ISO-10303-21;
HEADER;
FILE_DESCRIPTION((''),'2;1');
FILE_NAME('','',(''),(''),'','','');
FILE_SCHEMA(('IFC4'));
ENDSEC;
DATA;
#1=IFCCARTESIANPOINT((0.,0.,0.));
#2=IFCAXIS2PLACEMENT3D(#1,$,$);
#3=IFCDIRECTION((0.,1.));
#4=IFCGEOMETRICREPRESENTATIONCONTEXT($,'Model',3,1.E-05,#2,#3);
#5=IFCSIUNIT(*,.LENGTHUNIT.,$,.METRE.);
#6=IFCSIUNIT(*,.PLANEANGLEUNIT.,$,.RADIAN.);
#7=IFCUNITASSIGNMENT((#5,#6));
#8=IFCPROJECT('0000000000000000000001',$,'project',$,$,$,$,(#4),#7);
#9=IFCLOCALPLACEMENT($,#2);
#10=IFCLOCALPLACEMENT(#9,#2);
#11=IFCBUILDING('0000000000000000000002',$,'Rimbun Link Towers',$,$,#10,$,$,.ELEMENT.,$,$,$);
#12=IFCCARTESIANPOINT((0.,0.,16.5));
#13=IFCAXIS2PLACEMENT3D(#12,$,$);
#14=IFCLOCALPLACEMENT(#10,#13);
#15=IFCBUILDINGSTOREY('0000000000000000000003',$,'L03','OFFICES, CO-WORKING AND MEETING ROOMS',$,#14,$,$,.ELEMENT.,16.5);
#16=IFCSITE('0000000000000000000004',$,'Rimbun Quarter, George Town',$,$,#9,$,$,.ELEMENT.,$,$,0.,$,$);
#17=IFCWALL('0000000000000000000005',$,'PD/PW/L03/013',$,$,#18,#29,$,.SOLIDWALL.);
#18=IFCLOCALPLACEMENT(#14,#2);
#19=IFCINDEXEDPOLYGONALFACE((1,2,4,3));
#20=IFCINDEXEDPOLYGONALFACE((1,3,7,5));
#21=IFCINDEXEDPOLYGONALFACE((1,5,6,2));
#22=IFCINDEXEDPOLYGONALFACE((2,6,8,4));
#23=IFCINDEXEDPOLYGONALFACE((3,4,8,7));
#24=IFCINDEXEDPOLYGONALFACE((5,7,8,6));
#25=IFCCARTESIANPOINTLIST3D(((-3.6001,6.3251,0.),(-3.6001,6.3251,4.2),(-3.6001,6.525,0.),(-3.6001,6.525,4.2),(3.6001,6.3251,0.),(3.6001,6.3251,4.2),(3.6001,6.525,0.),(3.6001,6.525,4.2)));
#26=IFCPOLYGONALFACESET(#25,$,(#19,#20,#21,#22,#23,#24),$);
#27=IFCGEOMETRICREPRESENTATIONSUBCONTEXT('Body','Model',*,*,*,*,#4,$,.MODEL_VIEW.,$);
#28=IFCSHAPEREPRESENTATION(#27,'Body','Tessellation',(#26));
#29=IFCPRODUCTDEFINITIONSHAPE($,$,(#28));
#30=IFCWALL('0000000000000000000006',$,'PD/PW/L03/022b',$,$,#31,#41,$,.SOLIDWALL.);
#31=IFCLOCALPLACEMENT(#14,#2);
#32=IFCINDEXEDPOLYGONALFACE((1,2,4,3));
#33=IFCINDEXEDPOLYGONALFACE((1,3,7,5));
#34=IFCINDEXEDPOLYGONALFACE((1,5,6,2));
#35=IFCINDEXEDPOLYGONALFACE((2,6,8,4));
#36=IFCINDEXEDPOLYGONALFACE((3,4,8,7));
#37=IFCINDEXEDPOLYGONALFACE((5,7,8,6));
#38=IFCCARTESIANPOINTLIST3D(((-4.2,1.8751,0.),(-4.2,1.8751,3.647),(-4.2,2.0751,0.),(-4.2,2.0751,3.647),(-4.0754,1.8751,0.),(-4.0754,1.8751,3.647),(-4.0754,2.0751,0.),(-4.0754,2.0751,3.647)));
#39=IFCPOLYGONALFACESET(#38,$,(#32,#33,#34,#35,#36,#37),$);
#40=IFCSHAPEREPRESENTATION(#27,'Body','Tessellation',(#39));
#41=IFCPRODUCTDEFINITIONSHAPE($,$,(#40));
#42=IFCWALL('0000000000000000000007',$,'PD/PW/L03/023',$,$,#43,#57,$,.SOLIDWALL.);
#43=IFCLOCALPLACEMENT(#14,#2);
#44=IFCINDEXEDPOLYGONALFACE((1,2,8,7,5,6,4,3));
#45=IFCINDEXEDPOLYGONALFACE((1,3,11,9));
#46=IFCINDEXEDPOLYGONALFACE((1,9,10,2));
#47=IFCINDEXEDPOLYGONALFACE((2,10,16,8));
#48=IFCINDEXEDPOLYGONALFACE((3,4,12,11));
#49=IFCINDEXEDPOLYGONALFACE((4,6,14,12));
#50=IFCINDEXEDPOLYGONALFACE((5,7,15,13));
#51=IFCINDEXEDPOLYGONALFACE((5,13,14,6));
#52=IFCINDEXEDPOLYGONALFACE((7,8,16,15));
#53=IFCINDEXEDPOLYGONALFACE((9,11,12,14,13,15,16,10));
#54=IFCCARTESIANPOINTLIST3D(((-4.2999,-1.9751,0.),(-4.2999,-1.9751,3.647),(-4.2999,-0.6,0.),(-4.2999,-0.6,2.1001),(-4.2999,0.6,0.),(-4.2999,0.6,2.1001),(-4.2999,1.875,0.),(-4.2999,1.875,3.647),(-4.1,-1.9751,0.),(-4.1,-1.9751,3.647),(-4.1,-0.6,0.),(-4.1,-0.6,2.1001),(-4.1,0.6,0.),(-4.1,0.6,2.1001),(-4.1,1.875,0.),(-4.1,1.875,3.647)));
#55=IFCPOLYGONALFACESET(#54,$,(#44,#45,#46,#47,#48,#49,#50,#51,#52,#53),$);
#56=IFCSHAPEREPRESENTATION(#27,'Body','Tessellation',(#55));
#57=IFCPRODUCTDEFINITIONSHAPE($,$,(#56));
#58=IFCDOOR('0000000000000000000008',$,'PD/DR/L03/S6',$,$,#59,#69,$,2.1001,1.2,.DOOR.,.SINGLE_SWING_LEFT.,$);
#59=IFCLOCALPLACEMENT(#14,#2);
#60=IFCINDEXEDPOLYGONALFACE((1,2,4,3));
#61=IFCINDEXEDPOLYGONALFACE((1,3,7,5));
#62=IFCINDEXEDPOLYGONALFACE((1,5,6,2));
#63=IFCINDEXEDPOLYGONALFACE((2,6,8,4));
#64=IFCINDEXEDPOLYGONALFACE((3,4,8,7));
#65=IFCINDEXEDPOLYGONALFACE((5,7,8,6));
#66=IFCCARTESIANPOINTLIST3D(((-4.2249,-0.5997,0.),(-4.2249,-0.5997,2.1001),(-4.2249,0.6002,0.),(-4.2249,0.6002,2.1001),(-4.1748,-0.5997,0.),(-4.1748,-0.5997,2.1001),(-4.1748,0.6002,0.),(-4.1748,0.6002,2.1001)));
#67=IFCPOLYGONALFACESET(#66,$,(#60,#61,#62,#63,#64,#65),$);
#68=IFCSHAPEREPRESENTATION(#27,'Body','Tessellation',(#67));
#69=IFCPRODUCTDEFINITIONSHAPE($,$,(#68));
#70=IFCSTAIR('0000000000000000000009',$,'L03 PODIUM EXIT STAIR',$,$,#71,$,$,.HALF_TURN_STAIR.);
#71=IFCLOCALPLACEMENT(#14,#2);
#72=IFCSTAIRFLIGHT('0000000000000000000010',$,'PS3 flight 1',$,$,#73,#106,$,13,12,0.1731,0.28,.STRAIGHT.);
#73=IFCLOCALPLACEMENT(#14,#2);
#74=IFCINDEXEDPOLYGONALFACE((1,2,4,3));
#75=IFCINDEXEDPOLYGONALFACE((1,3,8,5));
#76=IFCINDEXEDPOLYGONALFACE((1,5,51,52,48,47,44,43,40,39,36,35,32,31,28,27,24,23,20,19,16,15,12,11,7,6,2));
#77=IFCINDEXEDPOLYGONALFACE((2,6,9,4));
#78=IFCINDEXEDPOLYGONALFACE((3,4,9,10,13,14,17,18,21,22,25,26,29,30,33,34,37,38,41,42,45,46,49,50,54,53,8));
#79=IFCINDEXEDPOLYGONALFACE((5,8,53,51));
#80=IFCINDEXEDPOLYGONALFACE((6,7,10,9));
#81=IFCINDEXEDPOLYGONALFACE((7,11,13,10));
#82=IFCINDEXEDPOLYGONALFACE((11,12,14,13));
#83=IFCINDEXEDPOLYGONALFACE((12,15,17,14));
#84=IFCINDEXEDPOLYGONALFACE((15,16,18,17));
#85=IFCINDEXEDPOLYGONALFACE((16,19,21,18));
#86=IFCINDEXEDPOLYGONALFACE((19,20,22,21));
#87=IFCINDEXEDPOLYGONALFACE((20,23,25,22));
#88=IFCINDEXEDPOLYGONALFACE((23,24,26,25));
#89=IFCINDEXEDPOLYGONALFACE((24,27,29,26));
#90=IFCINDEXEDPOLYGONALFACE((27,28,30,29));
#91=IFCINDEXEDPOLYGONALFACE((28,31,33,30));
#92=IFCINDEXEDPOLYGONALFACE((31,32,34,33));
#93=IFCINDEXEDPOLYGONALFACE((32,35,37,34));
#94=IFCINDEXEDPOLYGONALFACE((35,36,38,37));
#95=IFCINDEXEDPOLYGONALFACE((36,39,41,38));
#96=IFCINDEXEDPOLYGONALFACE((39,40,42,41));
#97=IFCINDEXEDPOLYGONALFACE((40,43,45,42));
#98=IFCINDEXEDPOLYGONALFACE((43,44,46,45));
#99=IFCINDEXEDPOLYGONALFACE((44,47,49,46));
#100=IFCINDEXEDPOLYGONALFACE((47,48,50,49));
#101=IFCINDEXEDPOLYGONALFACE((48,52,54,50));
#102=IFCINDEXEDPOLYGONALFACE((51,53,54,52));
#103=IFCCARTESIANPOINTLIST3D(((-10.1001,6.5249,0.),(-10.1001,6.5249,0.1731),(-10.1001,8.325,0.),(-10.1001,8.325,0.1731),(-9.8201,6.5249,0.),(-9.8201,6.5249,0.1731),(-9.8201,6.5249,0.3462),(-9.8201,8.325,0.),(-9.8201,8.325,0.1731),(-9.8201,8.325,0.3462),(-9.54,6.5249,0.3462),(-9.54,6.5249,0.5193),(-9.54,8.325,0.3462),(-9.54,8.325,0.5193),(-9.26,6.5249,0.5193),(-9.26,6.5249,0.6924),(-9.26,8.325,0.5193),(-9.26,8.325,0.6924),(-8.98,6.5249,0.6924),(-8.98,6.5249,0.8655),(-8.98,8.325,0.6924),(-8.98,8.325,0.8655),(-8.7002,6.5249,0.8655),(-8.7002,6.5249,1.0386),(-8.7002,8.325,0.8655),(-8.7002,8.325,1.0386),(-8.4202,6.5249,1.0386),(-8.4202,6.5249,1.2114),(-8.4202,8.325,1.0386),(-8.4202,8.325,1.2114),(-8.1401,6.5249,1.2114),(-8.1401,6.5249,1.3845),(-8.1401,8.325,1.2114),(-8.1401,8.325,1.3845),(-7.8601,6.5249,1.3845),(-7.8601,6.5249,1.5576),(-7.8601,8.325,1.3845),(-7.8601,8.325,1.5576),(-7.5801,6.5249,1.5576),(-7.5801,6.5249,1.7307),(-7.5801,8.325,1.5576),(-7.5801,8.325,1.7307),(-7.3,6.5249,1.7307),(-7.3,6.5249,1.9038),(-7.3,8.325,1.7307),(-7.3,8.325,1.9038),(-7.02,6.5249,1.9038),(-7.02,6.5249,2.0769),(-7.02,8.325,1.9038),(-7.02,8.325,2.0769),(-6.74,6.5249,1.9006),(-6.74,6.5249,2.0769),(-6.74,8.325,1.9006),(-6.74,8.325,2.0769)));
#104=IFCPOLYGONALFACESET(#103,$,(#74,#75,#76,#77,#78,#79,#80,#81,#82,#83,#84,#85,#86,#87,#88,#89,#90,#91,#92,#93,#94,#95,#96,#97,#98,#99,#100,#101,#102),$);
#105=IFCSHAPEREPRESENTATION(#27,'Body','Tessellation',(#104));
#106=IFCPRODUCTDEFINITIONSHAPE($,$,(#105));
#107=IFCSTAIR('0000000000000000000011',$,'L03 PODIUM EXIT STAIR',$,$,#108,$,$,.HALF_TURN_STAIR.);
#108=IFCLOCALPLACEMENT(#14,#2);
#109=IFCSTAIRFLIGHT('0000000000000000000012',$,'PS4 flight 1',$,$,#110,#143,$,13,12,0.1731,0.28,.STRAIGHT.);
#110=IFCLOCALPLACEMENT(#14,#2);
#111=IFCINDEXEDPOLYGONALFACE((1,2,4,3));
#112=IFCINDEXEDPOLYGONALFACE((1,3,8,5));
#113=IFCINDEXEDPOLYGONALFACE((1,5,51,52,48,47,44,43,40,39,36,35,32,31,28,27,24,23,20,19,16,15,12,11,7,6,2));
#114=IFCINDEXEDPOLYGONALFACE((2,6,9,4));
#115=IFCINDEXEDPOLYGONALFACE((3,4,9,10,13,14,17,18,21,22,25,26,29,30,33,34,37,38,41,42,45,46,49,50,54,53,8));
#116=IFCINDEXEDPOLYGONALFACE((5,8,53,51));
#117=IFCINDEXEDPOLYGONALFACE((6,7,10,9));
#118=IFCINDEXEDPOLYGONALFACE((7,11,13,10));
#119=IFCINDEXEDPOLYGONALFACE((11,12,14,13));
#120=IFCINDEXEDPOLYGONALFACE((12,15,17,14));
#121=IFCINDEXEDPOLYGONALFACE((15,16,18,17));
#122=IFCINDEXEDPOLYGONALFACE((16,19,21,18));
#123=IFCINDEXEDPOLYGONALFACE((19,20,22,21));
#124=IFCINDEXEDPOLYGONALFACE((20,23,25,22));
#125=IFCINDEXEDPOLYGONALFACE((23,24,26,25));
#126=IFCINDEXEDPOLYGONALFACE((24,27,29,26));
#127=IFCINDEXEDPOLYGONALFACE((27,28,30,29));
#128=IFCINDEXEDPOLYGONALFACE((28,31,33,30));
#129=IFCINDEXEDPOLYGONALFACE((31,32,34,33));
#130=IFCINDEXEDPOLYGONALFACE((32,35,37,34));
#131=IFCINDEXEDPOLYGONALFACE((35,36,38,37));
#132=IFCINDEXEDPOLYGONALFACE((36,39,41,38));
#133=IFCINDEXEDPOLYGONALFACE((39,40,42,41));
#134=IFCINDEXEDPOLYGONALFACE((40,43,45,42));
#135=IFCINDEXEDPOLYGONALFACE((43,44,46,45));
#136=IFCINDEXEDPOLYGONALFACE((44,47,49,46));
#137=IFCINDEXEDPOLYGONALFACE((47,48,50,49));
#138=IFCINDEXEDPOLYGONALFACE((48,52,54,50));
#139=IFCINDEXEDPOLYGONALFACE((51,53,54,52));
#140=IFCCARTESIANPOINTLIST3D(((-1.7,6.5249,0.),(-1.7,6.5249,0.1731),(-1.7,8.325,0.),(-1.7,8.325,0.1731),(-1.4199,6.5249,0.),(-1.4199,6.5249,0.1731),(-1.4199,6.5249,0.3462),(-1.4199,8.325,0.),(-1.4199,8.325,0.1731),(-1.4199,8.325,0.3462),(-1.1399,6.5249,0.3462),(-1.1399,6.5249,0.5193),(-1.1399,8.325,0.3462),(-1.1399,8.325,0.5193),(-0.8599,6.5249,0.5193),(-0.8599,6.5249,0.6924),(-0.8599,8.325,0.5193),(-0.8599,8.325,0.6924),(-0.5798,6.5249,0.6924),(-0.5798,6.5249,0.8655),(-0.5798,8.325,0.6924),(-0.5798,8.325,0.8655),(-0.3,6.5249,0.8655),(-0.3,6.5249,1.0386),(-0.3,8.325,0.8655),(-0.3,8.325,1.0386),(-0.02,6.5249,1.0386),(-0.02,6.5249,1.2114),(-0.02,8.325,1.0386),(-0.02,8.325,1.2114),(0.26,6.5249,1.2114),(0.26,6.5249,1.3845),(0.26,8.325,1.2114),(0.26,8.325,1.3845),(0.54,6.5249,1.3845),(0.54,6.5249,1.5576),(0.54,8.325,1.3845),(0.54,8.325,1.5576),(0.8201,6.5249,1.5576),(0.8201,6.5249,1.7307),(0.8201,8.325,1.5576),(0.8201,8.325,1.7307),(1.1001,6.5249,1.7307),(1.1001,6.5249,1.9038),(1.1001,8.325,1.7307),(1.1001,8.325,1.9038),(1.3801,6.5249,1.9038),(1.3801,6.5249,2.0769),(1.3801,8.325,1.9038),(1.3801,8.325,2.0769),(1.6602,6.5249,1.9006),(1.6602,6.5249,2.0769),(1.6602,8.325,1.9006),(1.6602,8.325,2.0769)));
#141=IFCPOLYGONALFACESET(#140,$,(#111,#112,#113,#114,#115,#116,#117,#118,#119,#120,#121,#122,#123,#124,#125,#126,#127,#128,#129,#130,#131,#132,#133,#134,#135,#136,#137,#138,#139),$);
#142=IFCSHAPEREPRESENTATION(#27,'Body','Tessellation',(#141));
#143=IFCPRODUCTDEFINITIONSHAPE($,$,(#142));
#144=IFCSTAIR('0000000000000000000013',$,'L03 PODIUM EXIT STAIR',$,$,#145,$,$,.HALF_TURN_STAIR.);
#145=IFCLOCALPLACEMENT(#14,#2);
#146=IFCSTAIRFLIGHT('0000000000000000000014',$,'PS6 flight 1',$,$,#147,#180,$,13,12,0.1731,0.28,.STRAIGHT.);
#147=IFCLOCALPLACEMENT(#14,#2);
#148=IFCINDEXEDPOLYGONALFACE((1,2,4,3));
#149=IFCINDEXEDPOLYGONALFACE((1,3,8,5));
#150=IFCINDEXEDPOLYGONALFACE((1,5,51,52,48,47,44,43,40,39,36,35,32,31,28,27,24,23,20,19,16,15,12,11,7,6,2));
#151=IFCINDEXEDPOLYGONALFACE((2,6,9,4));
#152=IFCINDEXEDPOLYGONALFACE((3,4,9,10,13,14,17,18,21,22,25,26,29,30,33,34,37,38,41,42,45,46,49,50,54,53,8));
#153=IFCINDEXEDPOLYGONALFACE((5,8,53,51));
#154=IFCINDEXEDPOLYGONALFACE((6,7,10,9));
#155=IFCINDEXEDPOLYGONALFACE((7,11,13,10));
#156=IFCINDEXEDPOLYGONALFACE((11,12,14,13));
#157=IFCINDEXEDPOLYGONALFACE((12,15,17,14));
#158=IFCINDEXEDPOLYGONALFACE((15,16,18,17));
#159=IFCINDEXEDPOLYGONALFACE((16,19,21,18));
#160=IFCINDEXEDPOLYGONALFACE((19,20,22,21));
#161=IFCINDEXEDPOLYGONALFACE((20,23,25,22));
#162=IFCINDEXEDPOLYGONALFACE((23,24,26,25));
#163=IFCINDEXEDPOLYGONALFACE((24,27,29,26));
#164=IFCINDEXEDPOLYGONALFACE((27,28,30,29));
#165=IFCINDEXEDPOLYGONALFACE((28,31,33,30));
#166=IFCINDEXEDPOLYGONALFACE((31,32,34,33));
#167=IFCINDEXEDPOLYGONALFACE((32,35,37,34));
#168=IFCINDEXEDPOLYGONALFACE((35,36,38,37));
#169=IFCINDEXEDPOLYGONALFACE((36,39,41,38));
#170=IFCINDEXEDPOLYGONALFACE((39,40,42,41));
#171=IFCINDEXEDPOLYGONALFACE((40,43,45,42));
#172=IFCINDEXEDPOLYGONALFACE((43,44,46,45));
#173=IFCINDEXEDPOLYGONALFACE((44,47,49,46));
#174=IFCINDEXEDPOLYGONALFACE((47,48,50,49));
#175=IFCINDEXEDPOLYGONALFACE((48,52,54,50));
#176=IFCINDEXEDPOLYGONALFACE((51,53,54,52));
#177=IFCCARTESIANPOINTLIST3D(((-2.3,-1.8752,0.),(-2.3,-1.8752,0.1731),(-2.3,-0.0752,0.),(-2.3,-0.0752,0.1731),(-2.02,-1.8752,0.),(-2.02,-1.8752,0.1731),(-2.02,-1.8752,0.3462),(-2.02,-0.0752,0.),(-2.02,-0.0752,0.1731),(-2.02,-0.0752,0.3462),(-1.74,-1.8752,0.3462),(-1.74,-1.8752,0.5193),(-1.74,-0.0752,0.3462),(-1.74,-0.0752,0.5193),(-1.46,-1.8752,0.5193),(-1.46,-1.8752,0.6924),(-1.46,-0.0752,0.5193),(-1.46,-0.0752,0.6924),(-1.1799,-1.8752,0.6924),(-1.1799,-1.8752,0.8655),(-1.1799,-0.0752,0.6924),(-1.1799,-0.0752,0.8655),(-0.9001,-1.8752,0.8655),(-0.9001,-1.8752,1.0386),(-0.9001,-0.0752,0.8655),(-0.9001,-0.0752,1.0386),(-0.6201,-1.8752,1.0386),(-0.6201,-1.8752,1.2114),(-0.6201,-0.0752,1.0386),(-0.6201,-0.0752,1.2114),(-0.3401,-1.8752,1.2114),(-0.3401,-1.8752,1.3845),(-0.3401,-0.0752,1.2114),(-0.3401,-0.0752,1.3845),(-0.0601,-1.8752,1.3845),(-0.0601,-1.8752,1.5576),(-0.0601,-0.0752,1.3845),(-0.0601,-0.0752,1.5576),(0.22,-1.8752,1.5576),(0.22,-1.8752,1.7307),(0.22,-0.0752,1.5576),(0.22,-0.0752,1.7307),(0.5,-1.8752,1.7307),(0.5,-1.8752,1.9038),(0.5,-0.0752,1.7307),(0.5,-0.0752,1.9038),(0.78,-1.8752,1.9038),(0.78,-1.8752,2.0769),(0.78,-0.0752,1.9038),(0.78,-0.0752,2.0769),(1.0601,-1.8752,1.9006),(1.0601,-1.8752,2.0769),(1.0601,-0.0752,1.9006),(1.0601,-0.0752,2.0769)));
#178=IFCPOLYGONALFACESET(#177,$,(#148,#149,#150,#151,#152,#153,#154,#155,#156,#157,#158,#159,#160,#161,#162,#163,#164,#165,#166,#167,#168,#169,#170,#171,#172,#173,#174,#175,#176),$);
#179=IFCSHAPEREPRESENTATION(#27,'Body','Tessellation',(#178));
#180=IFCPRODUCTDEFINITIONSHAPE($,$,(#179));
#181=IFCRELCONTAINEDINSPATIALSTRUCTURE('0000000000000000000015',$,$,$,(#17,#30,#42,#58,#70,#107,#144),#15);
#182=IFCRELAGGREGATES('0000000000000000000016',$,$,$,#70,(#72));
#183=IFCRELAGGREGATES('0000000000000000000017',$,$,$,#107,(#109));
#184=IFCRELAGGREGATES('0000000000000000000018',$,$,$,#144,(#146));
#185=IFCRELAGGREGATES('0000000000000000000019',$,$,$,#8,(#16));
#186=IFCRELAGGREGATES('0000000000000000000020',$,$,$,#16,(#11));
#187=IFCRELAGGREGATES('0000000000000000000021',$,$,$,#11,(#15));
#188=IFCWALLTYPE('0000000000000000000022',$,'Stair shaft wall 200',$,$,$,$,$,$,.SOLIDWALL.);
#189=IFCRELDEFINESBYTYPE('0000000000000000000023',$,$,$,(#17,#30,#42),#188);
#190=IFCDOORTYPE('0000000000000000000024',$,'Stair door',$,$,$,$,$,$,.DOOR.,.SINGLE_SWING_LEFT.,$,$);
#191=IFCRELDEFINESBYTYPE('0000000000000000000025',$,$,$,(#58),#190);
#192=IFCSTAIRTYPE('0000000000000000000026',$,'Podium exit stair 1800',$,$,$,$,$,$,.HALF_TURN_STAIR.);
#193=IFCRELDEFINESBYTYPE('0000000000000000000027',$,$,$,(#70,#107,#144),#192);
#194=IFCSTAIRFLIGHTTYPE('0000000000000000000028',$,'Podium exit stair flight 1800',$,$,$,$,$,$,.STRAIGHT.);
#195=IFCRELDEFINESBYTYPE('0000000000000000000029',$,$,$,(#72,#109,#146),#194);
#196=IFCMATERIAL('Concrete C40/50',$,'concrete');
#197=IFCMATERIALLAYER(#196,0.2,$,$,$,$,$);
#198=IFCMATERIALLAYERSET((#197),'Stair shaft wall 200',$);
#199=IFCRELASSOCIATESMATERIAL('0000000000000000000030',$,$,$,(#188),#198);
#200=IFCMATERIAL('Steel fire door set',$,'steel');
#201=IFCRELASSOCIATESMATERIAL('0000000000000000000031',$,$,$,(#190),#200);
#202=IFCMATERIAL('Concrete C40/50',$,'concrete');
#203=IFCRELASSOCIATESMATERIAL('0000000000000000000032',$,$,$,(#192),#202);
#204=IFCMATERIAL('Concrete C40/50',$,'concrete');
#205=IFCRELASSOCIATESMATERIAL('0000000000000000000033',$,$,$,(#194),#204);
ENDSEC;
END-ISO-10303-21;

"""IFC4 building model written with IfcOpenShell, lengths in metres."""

from ifc_helpers import new_model, si_unit, direction, frame, frame_2d, origin, place, context, subcontext, project, spatial, polyline, rectangle, outline, extrude, material, layer, layer_set, type_object, element, fill, aggregate, save


model = new_model("IFC4")

# Units and contexts
model_context = context("Model", 3, precision=1e-05, world=origin(), true_north=direction((0.0, 1.0)))
body_context = subcontext(model_context, "Body", "Model", "MODEL_VIEW")
ifc_project = project(units=[si_unit("LENGTHUNIT", "METRE"), si_unit("PLANEANGLEUNIT", "RADIAN")], contexts=[model_context])

# Site, building, storey
site_placement = place(None, origin())
site = spatial("IfcSite", under=ifc_project, at=site_placement, Name="Rimbun Quarter, George Town", CompositionType="ELEMENT", RefElevation=0.0)
building_placement = place(site_placement, origin())
building = spatial("IfcBuilding", under=site, at=building_placement, Name="Rimbun Link Towers", CompositionType="ELEMENT")
storey_placement = place(building_placement, frame((0.0, 0.0, 16.5)))
storey = spatial("IfcBuildingStorey", under=building, at=storey_placement, Name="L03", Description="OFFICES, CO-WORKING AND MEETING ROOMS", CompositionType="ELEMENT", Elevation=16.5)

# Walls
ifc_material_1 = material(Name="Concrete C40/50", Category="concrete")
ifc_layer_1 = layer(ifc_material_1, 0.2)
ifc_layer_set_1 = layer_set([ifc_layer_1], Name="Stair shaft wall 200")
wall_type = type_object("IfcWallType", Name="Stair shaft wall 200", PredefinedType="SOLIDWALL", material=ifc_layer_set_1)
wall_1_placement = place(storey_placement, frame((-3.6001, 6.425, 0.0), z_axis=(0.0, 0.0, 1.0), x_axis=(1.0, 0.0, 0.0)))
element("IfcWall", 1, at=wall_1_placement, inside=storey, type_object=wall_type, Name="PD/PW/L03/013", PredefinedType="SOLIDWALL", context=body_context, shape_type="SweptSolid", body=[
    extrude(rectangle(XDim=7.2002, YDim=0.2, at=frame_2d((3.6001, 0.0))), origin(), (0.0, 0.0, 1.0), 4.2),
])
wall_2_placement = place(storey_placement, frame((-4.0754, 1.9751, 0.0), z_axis=(0.0, 0.0, 1.0), x_axis=(-1.0, 0.0, 0.0)))
element("IfcWall", 2, at=wall_2_placement, inside=storey, type_object=wall_type, Name="PD/PW/L03/022b", PredefinedType="SOLIDWALL", context=body_context, shape_type="SweptSolid", body=[
    extrude(rectangle(XDim=0.1245, YDim=0.2, at=frame_2d((0.0623, 0.0))), origin(), (0.0, 0.0, 1.0), 3.647),
])

# Wall, opening, door
wall_3_placement = place(storey_placement, frame((-4.2, 1.875, 0.0), z_axis=(0.0, 0.0, 1.0), x_axis=(0.0, -1.0, 0.0)))
wall_3 = element("IfcWall", 3, at=wall_3_placement, inside=storey, type_object=wall_type, Name="PD/PW/L03/023", PredefinedType="SOLIDWALL", context=body_context, shape_type="SweptSolid", body=[
    extrude(rectangle(XDim=3.8501, YDim=0.2, at=frame_2d((1.925, 0.0))), origin(), (0.0, 0.0, 1.0), 3.647),
])
opening_placement = place(wall_3_placement, frame((1.2749, 0.0, 0.0)))
opening = element("IfcOpeningElement", 4, at=opening_placement, cuts=wall_3, PredefinedType="OPENING", context=body_context, shape_type="SweptSolid", body=[
    extrude(rectangle(XDim=1.2, YDim=2.1001, at=frame_2d((0.6001, 1.05))), frame((0.0, 0.1099, 0.0), z_axis=(0.0, -1.0, 0.0), x_axis=(1.0, 0.0, 0.0)), (0.0, 0.0, 1.0), 0.22),
])
ifc_material_2 = material(Name="Steel fire door set", Category="steel")
door_type = type_object("IfcDoorType", Name="Stair door", OperationType="SINGLE_SWING_LEFT", PredefinedType="DOOR", material=ifc_material_2)
door_placement = place(opening_placement, frame((1.2, 0.0, 0.0), z_axis=(0.0, 0.0, 1.0), x_axis=(-1.0, 0.0, 0.0)))
door = element("IfcDoor", 5, at=door_placement, inside=storey, type_object=door_type, Name="PD/DR/L03/S6", OperationType="SINGLE_SWING_LEFT", OverallHeight=2.1001, OverallWidth=1.2, PredefinedType="DOOR", context=body_context, shape_type="SweptSolid", body=[
    extrude(rectangle(XDim=1.2, YDim=2.1001, at=frame_2d((0.6001, 1.05))), frame((0.0, 0.0249, 0.0), z_axis=(0.0, -1.0, 0.0), x_axis=(1.0, 0.0, 0.0)), (0.0, 0.0, 1.0), 0.05),
])
fill(opening, door)

# Stairs, stair flights
ifc_material_3 = material(Name="Concrete C40/50", Category="concrete")
stair_type = type_object("IfcStairType", Name="Podium exit stair 1800", PredefinedType="HALF_TURN_STAIR", material=ifc_material_3)
stair_1_placement = place(storey_placement, origin())
stair_1 = element("IfcStair", 6, at=stair_1_placement, inside=storey, type_object=stair_type, Name="L03 PODIUM EXIT STAIR", PredefinedType="HALF_TURN_STAIR")
ifc_material_4 = material(Name="Concrete C40/50", Category="concrete")
stair_flight_type = type_object("IfcStairFlightType", Name="Podium exit stair flight 1800", PredefinedType="STRAIGHT", material=ifc_material_4)
stair_flight_1_placement = place(storey_placement, frame((-10.1001, 7.425, 0.0), z_axis=(0.0, 0.0, 1.0), x_axis=(1.0, 0.0, 0.0)))
stair_flight_1 = element("IfcStairFlight", 7, at=stair_flight_1_placement, type_object=stair_flight_type, Name="PS3 flight 1", NumberOfRisers=13, NumberOfTreads=12, PredefinedType="STRAIGHT", RiserHeight=0.1731, TreadLength=0.28, context=body_context, shape_type="SweptSolid", body=[
    extrude(outline(polyline([(0.0, 0.0), (0.0, 0.1731), (0.28, 0.1731), (0.28, 0.3462), (0.5601, 0.3462), (0.5601, 0.5193), (0.8401, 0.5193), (0.8401, 0.6924), (1.1201, 0.6924), (1.1201, 0.8655), (1.3999, 0.8655), (1.3999, 1.0386), (1.6799, 1.0386), (1.6799, 1.2114), (1.96, 1.2114), (1.96, 1.3845), (2.24, 1.3845), (2.24, 1.5576), (2.52, 1.5576), (2.52, 1.7307), (2.8, 1.7307), (2.8, 1.9038), (3.0801, 1.9038), (3.0801, 2.0769), (3.3601, 2.0769), (3.3601, 2.25), (3.3601, 1.9006), (0.28, 0.0), (0.0, 0.0)])), frame((0.0, 0.8999, 0.0), z_axis=(0.0, -1.0, 0.0), x_axis=(1.0, 0.0, 0.0)), (0.0, 0.0, 1.0), 1.8),
])
aggregate(stair_1, [stair_flight_1])
stair_2_placement = place(storey_placement, origin())
stair_2 = element("IfcStair", 8, at=stair_2_placement, inside=storey, type_object=stair_type, Name="L03 PODIUM EXIT STAIR", PredefinedType="HALF_TURN_STAIR")
stair_flight_2_placement = place(storey_placement, frame((-1.7, 7.425, 0.0), z_axis=(0.0, 0.0, 1.0), x_axis=(1.0, 0.0, 0.0)))
stair_flight_2 = element("IfcStairFlight", 9, at=stair_flight_2_placement, type_object=stair_flight_type, Name="PS4 flight 1", NumberOfRisers=13, NumberOfTreads=12, PredefinedType="STRAIGHT", RiserHeight=0.1731, TreadLength=0.28, context=body_context, shape_type="SweptSolid", body=[
    extrude(outline(polyline([(0.0, 0.0), (0.0, 0.1731), (0.28, 0.1731), (0.28, 0.3462), (0.5601, 0.3462), (0.5601, 0.5193), (0.8401, 0.5193), (0.8401, 0.6924), (1.1201, 0.6924), (1.1201, 0.8655), (1.3999, 0.8655), (1.3999, 1.0386), (1.6799, 1.0386), (1.6799, 1.2114), (1.96, 1.2114), (1.96, 1.3845), (2.24, 1.3845), (2.24, 1.5576), (2.52, 1.5576), (2.52, 1.7307), (2.8, 1.7307), (2.8, 1.9038), (3.0801, 1.9038), (3.0801, 2.0769), (3.3601, 2.0769), (3.3601, 2.25), (3.3601, 1.9006), (0.28, 0.0), (0.0, 0.0)])), frame((0.0, 0.8999, 0.0), z_axis=(0.0, -1.0, 0.0), x_axis=(1.0, 0.0, 0.0)), (0.0, 0.0, 1.0), 1.8),
])
aggregate(stair_2, [stair_flight_2])
stair_3_placement = place(storey_placement, origin())
stair_3 = element("IfcStair", 10, at=stair_3_placement, inside=storey, type_object=stair_type, Name="L03 PODIUM EXIT STAIR", PredefinedType="HALF_TURN_STAIR")
stair_flight_3_placement = place(storey_placement, frame((-2.3, -0.9751, 0.0), z_axis=(0.0, 0.0, 1.0), x_axis=(1.0, 0.0, 0.0)))
stair_flight_3 = element("IfcStairFlight", 11, at=stair_flight_3_placement, type_object=stair_flight_type, Name="PS6 flight 1", NumberOfRisers=13, NumberOfTreads=12, PredefinedType="STRAIGHT", RiserHeight=0.1731, TreadLength=0.28, context=body_context, shape_type="SweptSolid", body=[
    extrude(outline(polyline([(0.0, 0.0), (0.0, 0.1731), (0.28, 0.1731), (0.28, 0.3462), (0.5601, 0.3462), (0.5601, 0.5193), (0.8401, 0.5193), (0.8401, 0.6924), (1.1201, 0.6924), (1.1201, 0.8655), (1.3999, 0.8655), (1.3999, 1.0386), (1.6799, 1.0386), (1.6799, 1.2114), (1.96, 1.2114), (1.96, 1.3845), (2.24, 1.3845), (2.24, 1.5576), (2.52, 1.5576), (2.52, 1.7307), (2.8, 1.7307), (2.8, 1.9038), (3.0801, 1.9038), (3.0801, 2.0769), (3.3601, 2.0769), (3.3601, 2.25), (3.3601, 1.9006), (0.28, 0.0), (0.0, 0.0)])), frame((0.0, 0.8999, 0.0), z_axis=(0.0, -1.0, 0.0), x_axis=(1.0, 0.0, 0.0)), (0.0, 0.0, 1.0), 1.8),
])
aggregate(stair_3, [stair_flight_3])

save(model, "model.ifc")
